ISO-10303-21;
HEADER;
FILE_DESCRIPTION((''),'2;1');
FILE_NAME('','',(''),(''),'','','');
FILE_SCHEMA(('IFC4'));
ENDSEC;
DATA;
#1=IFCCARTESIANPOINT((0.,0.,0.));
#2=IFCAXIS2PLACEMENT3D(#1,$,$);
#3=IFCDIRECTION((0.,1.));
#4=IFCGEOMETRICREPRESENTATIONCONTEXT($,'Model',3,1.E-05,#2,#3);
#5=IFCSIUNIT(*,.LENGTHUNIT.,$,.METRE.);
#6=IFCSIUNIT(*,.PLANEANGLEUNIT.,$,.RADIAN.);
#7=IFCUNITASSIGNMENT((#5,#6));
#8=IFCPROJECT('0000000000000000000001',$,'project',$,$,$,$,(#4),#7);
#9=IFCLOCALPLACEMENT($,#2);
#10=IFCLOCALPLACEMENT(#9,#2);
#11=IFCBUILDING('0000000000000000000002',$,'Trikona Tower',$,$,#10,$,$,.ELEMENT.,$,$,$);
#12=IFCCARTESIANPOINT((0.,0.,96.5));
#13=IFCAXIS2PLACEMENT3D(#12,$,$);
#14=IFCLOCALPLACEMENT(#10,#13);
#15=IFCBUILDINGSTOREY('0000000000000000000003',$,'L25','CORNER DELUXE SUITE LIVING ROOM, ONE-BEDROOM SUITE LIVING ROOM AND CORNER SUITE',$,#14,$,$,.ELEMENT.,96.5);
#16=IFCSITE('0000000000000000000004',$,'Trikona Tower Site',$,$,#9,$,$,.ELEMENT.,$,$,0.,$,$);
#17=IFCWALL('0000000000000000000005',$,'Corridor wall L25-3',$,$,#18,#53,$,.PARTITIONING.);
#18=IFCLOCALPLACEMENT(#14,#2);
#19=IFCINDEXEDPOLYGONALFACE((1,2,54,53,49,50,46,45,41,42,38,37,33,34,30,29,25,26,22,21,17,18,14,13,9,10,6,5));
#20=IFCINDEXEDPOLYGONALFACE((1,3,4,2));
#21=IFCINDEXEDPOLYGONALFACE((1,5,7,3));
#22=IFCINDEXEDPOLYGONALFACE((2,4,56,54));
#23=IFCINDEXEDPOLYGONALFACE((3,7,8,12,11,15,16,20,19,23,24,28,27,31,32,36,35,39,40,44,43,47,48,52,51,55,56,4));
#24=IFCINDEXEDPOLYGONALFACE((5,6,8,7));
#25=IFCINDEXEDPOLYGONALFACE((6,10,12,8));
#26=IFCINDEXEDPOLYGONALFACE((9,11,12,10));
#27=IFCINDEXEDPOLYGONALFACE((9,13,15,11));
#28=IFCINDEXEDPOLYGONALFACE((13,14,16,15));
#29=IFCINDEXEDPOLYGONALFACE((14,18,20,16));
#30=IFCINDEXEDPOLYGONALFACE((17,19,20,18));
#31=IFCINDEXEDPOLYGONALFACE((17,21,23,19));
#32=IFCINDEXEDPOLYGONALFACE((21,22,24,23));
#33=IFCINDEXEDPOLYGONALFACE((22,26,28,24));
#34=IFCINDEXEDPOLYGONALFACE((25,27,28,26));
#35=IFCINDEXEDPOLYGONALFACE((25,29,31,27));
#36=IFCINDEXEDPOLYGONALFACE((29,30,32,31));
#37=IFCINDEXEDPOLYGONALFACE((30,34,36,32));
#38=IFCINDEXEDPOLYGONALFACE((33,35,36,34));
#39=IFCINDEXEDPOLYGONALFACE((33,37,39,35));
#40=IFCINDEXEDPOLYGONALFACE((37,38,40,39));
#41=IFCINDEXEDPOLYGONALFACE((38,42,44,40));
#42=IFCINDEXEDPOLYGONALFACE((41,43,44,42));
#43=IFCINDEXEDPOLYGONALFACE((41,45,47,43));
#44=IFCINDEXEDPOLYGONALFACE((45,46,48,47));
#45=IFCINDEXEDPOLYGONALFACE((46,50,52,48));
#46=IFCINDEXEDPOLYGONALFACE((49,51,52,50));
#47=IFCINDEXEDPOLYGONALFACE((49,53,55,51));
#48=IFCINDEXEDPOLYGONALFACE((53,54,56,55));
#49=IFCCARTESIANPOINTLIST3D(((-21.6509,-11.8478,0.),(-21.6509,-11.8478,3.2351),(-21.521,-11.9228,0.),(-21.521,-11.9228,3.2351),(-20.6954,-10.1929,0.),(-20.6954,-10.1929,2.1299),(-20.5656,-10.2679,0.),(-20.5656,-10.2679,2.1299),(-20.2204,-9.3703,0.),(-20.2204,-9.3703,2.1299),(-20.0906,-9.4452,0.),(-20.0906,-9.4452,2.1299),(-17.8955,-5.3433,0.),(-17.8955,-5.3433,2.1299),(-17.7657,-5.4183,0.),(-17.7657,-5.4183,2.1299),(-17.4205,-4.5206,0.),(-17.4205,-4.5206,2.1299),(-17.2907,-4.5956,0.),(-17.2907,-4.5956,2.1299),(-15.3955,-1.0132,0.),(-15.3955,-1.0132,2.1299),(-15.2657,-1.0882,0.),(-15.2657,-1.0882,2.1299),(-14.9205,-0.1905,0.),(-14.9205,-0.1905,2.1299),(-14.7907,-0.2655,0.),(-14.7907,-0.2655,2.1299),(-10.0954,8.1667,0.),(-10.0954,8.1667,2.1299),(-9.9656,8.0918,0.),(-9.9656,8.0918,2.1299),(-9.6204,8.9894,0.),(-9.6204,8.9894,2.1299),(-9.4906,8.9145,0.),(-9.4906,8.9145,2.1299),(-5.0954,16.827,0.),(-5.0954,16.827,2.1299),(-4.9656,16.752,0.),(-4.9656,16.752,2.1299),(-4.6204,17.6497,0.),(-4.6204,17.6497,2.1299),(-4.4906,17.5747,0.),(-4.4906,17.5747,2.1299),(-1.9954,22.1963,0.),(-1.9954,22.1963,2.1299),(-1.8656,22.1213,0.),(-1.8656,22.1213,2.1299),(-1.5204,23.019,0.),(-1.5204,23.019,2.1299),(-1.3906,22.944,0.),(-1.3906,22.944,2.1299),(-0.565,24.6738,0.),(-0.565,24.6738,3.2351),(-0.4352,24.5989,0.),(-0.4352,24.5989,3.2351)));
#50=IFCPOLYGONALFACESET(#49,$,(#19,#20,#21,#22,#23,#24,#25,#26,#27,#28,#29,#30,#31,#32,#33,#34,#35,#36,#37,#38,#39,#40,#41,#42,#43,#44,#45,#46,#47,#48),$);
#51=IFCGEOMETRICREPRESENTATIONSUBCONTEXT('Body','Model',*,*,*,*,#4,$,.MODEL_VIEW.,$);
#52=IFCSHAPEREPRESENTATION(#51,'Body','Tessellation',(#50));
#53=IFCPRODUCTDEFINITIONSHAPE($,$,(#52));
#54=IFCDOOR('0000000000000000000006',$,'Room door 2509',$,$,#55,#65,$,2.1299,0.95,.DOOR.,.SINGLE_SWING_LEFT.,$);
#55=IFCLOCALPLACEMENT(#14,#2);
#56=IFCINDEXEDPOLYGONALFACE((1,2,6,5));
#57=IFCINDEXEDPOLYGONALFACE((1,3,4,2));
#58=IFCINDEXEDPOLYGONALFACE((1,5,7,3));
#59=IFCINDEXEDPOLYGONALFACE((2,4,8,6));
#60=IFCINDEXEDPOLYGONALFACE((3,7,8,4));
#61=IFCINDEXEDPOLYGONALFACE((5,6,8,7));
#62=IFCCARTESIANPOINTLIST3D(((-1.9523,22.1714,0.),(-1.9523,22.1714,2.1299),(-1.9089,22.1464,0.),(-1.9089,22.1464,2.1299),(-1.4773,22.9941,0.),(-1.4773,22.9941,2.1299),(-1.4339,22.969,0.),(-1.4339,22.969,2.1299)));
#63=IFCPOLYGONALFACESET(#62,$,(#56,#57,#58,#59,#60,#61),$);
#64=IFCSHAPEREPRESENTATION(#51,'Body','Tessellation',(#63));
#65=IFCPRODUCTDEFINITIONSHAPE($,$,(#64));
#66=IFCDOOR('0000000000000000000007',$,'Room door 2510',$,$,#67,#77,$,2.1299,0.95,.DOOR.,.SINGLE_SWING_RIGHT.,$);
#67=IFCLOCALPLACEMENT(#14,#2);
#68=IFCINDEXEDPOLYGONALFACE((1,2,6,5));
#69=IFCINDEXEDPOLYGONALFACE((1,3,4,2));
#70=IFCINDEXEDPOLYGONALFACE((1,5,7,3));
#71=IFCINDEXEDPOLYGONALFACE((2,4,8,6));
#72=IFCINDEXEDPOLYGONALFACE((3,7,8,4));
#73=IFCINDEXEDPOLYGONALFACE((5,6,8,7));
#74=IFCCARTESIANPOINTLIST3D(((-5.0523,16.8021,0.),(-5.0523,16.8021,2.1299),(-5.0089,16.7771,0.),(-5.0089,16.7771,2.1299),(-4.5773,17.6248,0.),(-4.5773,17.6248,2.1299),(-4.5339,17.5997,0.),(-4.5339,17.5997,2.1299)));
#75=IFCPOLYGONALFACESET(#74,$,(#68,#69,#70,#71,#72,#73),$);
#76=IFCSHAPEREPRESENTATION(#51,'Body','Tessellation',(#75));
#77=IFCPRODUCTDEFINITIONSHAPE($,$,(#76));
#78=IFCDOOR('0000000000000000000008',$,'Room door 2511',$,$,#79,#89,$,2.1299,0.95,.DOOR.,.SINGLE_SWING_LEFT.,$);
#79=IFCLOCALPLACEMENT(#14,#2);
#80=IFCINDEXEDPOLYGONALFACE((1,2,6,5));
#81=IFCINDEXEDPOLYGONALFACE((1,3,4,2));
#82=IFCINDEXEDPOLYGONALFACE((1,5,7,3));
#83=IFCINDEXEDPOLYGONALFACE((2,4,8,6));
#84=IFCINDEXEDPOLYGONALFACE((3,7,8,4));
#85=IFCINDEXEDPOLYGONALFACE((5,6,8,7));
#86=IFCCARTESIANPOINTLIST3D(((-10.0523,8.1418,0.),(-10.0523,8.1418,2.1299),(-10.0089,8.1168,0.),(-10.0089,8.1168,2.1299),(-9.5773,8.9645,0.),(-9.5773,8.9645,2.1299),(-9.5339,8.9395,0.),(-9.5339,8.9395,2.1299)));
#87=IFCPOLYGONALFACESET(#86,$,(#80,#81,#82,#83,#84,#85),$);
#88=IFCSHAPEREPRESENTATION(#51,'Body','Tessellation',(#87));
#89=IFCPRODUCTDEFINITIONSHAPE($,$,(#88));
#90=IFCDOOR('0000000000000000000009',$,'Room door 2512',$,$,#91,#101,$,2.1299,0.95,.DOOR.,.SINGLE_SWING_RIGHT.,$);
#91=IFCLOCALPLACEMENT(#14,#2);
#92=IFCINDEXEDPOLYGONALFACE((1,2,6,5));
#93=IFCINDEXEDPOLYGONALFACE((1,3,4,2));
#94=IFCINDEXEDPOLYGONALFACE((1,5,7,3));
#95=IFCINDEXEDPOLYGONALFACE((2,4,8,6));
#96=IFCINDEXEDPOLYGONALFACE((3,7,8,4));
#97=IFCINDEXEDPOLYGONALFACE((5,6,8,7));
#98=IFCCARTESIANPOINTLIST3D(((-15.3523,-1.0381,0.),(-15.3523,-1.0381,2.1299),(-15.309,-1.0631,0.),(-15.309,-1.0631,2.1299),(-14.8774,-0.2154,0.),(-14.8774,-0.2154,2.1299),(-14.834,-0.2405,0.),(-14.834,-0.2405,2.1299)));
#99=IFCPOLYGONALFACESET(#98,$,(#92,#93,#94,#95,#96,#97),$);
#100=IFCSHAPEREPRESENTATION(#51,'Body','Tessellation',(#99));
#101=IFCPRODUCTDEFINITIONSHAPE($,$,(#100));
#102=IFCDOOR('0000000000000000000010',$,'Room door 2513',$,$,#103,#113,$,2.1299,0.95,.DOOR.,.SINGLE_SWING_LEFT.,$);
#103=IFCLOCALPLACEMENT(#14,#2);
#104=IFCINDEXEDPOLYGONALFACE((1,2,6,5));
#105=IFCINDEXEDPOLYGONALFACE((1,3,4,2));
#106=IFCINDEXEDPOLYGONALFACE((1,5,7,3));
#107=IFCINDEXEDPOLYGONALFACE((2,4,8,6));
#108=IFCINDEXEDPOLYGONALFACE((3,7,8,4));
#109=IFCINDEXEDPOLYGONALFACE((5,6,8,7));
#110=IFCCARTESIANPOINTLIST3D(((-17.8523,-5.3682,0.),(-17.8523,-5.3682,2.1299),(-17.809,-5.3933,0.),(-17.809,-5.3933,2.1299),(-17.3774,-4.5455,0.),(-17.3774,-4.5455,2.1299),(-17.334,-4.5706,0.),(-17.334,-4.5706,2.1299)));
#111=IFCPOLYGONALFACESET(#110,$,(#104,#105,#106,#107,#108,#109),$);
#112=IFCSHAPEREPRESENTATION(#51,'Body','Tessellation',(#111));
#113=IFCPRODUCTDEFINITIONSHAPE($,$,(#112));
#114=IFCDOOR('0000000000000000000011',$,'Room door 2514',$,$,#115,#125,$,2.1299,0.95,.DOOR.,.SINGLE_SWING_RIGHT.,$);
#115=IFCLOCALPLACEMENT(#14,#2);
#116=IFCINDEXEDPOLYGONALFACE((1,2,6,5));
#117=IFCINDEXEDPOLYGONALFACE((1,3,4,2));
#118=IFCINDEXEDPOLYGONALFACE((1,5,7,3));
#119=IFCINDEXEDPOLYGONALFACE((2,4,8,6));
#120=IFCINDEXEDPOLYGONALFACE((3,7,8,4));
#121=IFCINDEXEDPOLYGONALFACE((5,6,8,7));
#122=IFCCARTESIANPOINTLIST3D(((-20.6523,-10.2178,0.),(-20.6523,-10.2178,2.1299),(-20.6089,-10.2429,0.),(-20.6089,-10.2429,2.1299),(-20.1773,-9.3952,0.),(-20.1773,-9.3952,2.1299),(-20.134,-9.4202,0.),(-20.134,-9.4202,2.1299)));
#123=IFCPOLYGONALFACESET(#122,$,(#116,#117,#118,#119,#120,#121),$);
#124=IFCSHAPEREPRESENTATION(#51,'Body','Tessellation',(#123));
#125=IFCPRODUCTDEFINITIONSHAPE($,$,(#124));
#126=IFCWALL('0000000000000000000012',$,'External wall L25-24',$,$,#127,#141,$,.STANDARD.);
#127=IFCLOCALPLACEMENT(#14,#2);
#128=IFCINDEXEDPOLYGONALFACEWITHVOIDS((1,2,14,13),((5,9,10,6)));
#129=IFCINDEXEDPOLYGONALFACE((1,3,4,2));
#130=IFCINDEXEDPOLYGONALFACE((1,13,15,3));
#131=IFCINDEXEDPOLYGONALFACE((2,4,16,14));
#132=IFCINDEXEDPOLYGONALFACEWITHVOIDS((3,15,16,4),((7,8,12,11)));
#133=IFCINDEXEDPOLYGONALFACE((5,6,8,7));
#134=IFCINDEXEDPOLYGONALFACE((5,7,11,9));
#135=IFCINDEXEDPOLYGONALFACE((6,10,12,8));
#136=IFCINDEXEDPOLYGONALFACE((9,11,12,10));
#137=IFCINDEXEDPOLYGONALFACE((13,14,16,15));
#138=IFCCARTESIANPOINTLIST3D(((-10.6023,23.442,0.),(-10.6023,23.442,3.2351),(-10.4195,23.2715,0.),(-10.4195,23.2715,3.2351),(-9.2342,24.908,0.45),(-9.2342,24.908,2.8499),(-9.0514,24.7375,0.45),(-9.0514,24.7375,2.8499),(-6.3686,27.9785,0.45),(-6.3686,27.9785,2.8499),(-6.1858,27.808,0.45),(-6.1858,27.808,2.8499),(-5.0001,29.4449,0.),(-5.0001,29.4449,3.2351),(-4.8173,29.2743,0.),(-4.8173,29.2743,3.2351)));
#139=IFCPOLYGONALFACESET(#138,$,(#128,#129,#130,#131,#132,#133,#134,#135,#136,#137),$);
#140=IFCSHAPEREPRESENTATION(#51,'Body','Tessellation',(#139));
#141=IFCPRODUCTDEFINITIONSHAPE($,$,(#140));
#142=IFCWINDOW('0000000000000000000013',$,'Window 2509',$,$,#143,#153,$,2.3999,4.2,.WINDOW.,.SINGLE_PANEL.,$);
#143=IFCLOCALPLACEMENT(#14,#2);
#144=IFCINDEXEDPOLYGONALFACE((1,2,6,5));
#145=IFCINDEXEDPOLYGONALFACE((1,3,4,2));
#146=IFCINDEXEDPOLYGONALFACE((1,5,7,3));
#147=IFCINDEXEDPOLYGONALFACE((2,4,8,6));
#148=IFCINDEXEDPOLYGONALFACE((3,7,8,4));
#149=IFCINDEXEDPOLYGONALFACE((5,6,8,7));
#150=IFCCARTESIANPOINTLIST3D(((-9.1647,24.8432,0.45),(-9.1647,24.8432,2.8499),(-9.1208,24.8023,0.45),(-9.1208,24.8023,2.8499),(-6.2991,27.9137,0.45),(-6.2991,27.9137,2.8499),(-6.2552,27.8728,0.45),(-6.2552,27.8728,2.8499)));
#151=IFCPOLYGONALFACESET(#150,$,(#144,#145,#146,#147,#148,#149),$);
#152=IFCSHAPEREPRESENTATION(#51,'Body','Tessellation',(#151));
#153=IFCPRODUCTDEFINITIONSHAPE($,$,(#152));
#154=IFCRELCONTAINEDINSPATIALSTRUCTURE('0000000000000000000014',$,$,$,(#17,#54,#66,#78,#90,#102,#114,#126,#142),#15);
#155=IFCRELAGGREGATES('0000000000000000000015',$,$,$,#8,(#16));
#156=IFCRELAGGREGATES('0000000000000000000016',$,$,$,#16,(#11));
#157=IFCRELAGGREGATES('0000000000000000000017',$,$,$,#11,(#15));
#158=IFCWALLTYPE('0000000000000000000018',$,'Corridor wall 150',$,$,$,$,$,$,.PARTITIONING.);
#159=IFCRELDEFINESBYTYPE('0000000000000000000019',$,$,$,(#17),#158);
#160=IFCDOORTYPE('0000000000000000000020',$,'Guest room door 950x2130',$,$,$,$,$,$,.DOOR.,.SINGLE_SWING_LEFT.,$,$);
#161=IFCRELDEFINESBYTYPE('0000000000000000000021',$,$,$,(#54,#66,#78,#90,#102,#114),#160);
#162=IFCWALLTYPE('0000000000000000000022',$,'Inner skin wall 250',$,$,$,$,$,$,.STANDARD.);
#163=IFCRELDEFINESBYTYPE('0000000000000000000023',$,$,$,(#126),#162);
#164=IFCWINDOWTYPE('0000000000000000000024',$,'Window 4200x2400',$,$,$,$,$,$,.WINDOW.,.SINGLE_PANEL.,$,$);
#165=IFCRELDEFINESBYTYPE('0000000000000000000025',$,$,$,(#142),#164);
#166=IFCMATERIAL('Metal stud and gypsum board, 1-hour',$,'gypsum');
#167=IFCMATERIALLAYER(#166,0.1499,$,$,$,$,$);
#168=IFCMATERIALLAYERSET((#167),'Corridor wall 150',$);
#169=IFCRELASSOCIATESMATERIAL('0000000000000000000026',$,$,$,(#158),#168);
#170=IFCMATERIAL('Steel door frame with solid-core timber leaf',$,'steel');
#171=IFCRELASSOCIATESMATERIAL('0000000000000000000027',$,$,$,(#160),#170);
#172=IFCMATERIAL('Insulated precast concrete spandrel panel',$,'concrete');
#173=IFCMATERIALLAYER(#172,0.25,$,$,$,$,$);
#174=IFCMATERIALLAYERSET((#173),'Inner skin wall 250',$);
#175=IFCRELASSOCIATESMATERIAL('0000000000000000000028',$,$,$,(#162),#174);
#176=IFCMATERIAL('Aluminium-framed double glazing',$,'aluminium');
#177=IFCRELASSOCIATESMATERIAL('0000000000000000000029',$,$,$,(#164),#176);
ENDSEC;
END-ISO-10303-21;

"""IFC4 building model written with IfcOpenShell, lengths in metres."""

from ifc_helpers import new_model, si_unit, direction, frame, frame_2d, origin, place, context, subcontext, project, spatial, rectangle, extrude, material, layer, layer_set, type_object, element, fill, save


model = new_model("IFC4")

# Units and contexts
model_context = context("Model", 3, precision=1e-05, world=origin(), true_north=direction((0.0, 1.0)))
body_context = subcontext(model_context, "Body", "Model", "MODEL_VIEW")
ifc_project = project(units=[si_unit("LENGTHUNIT", "METRE"), si_unit("PLANEANGLEUNIT", "RADIAN")], contexts=[model_context])

# Site, building, storey
site_placement = place(None, origin())
site = spatial("IfcSite", under=ifc_project, at=site_placement, Name="Trikona Tower Site", CompositionType="ELEMENT", RefElevation=0.0)
building_placement = place(site_placement, origin())
building = spatial("IfcBuilding", under=site, at=building_placement, Name="Trikona Tower", CompositionType="ELEMENT")
storey_placement = place(building_placement, frame((0.0, 0.0, 96.5)))
storey = spatial("IfcBuildingStorey", under=building, at=storey_placement, Name="L25", Description="CORNER DELUXE SUITE LIVING ROOM, ONE-BEDROOM SUITE LIVING ROOM AND CORNER SUITE", CompositionType="ELEMENT", Elevation=96.5)

# Wall, openings, doors
ifc_material_1 = material(Name="Metal stud and gypsum board, 1-hour", Category="gypsum")
ifc_layer_1 = layer(ifc_material_1, 0.1499)
ifc_layer_set_1 = layer_set([ifc_layer_1], Name="Corridor wall 150")
wall_type_1 = type_object("IfcWallType", Name="Corridor wall 150", PredefinedType="PARTITIONING", material=ifc_layer_set_1)
wall_1_placement = place(storey_placement, frame((-0.5, 24.6365, 0.0), z_axis=(0.0, 0.0, 1.0), x_axis=(-0.500002, -0.866024, 0.0)))
wall_1 = element("IfcWall", 1, at=wall_1_placement, inside=storey, type_object=wall_type_1, Name="Corridor wall L25-3", PredefinedType="PARTITIONING", context=body_context, shape_type="SweptSolid", body=[
    extrude(rectangle(XDim=42.1716, YDim=0.1499, at=frame_2d((21.0859, 0.0))), origin(), (0.0, 0.0, 1.0), 3.2351),
])
opening_1_placement = place(wall_1_placement, frame((1.9109, 0.0, 0.0)))
opening_1 = element("IfcOpeningElement", 2, at=opening_1_placement, cuts=wall_1, PredefinedType="OPENING", context=body_context, shape_type="SweptSolid", body=[
    extrude(rectangle(XDim=0.95, YDim=2.1299, at=frame_2d((0.4751, 1.0649))), frame((0.0, 0.085, 0.0), z_axis=(0.0, -1.0, 0.0), x_axis=(1.0, 0.0, 0.0)), (0.0, 0.0, 1.0), 0.1699),
])
opening_2_placement = place(wall_1_placement, frame((8.1108, 0.0, 0.0)))
opening_2 = element("IfcOpeningElement", 3, at=opening_2_placement, cuts=wall_1, PredefinedType="OPENING", context=body_context, shape_type="SweptSolid", body=[
    extrude(rectangle(XDim=0.95, YDim=2.1299, at=frame_2d((0.4751, 1.0649))), frame((0.0, 0.085, 0.0), z_axis=(0.0, -1.0, 0.0), x_axis=(1.0, 0.0, 0.0)), (0.0, 0.0, 1.0), 0.1699),
])
opening_3_placement = place(wall_1_placement, frame((18.1108, 0.0, 0.0)))
opening_3 = element("IfcOpeningElement", 4, at=opening_3_placement, cuts=wall_1, PredefinedType="OPENING", context=body_context, shape_type="SweptSolid", body=[
    extrude(rectangle(XDim=0.95, YDim=2.1299, at=frame_2d((0.4751, 1.0649))), frame((0.0, 0.085, 0.0), z_axis=(0.0, -1.0, 0.0), x_axis=(1.0, 0.0, 0.0)), (0.0, 0.0, 1.0), 0.1699),
])
opening_4_placement = place(wall_1_placement, frame((28.7109, 0.0, 0.0)))
opening_4 = element("IfcOpeningElement", 5, at=opening_4_placement, cuts=wall_1, PredefinedType="OPENING", context=body_context, shape_type="SweptSolid", body=[
    extrude(rectangle(XDim=0.95, YDim=2.1299, at=frame_2d((0.4751, 1.0649))), frame((0.0, 0.085, 0.0), z_axis=(0.0, -1.0, 0.0), x_axis=(1.0, 0.0, 0.0)), (0.0, 0.0, 1.0), 0.1699),
])
opening_5_placement = place(wall_1_placement, frame((33.7109, 0.0, 0.0)))
opening_5 = element("IfcOpeningElement", 6, at=opening_5_placement, cuts=wall_1, PredefinedType="OPENING", context=body_context, shape_type="SweptSolid", body=[
    extrude(rectangle(XDim=0.95, YDim=2.1299, at=frame_2d((0.4751, 1.0649))), frame((0.0, 0.085, 0.0), z_axis=(0.0, -1.0, 0.0), x_axis=(1.0, 0.0, 0.0)), (0.0, 0.0, 1.0), 0.1699),
])
opening_6_placement = place(wall_1_placement, frame((39.3108, 0.0, 0.0)))
opening_6 = element("IfcOpeningElement", 7, at=opening_6_placement, cuts=wall_1, PredefinedType="OPENING", context=body_context, shape_type="SweptSolid", body=[
    extrude(rectangle(XDim=0.95, YDim=2.1299, at=frame_2d((0.4751, 1.0649))), frame((0.0, 0.085, 0.0), z_axis=(0.0, -1.0, 0.0), x_axis=(1.0, 0.0, 0.0)), (0.0, 0.0, 1.0), 0.1699),
])
ifc_material_2 = material(Name="Steel door frame with solid-core timber leaf", Category="steel")
door_type = type_object("IfcDoorType", Name="Guest room door 950x2130", OperationType="SINGLE_SWING_LEFT", PredefinedType="DOOR", material=ifc_material_2)
door_1_placement = place(opening_1_placement, origin())
door_1 = element("IfcDoor", 8, at=door_1_placement, inside=storey, type_object=door_type, Name="Room door 2509", OperationType="SINGLE_SWING_LEFT", OverallHeight=2.1299, OverallWidth=0.95, PredefinedType="DOOR", context=body_context, shape_type="SweptSolid", body=[
    extrude(rectangle(XDim=0.95, YDim=2.1299, at=frame_2d((0.4751, 1.0649))), frame((0.0, 0.0249, 0.0), z_axis=(0.0, -1.0, 0.0), x_axis=(1.0, 0.0, 0.0)), (0.0, 0.0, 1.0), 0.05),
])
fill(opening_1, door_1)
door_2_placement = place(opening_2_placement, origin())
door_2 = element("IfcDoor", 9, at=door_2_placement, inside=storey, type_object=door_type, Name="Room door 2510", OperationType="SINGLE_SWING_RIGHT", OverallHeight=2.1299, OverallWidth=0.95, PredefinedType="DOOR", context=body_context, shape_type="SweptSolid", body=[
    extrude(rectangle(XDim=0.95, YDim=2.1299, at=frame_2d((0.4751, 1.0649))), frame((0.0, 0.0249, 0.0), z_axis=(0.0, -1.0, 0.0), x_axis=(1.0, 0.0, 0.0)), (0.0, 0.0, 1.0), 0.05),
])
fill(opening_2, door_2)
door_3_placement = place(opening_3_placement, origin())
door_3 = element("IfcDoor", 10, at=door_3_placement, inside=storey, type_object=door_type, Name="Room door 2511", OperationType="SINGLE_SWING_LEFT", OverallHeight=2.1299, OverallWidth=0.95, PredefinedType="DOOR", context=body_context, shape_type="SweptSolid", body=[
    extrude(rectangle(XDim=0.95, YDim=2.1299, at=frame_2d((0.4751, 1.0649))), frame((0.0, 0.0249, 0.0), z_axis=(0.0, -1.0, 0.0), x_axis=(1.0, 0.0, 0.0)), (0.0, 0.0, 1.0), 0.05),
])
fill(opening_3, door_3)
door_4_placement = place(opening_4_placement, origin())
door_4 = element("IfcDoor", 11, at=door_4_placement, inside=storey, type_object=door_type, Name="Room door 2512", OperationType="SINGLE_SWING_RIGHT", OverallHeight=2.1299, OverallWidth=0.95, PredefinedType="DOOR", context=body_context, shape_type="SweptSolid", body=[
    extrude(rectangle(XDim=0.95, YDim=2.1299, at=frame_2d((0.4751, 1.0649))), frame((0.0, 0.0249, 0.0), z_axis=(0.0, -1.0, 0.0), x_axis=(1.0, 0.0, 0.0)), (0.0, 0.0, 1.0), 0.05),
])
fill(opening_4, door_4)
door_5_placement = place(opening_5_placement, origin())
door_5 = element("IfcDoor", 12, at=door_5_placement, inside=storey, type_object=door_type, Name="Room door 2513", OperationType="SINGLE_SWING_LEFT", OverallHeight=2.1299, OverallWidth=0.95, PredefinedType="DOOR", context=body_context, shape_type="SweptSolid", body=[
    extrude(rectangle(XDim=0.95, YDim=2.1299, at=frame_2d((0.4751, 1.0649))), frame((0.0, 0.0249, 0.0), z_axis=(0.0, -1.0, 0.0), x_axis=(1.0, 0.0, 0.0)), (0.0, 0.0, 1.0), 0.05),
])
fill(opening_5, door_5)
door_6_placement = place(opening_6_placement, origin())
door_6 = element("IfcDoor", 13, at=door_6_placement, inside=storey, type_object=door_type, Name="Room door 2514", OperationType="SINGLE_SWING_RIGHT", OverallHeight=2.1299, OverallWidth=0.95, PredefinedType="DOOR", context=body_context, shape_type="SweptSolid", body=[
    extrude(rectangle(XDim=0.95, YDim=2.1299, at=frame_2d((0.4751, 1.0649))), frame((0.0, 0.0249, 0.0), z_axis=(0.0, -1.0, 0.0), x_axis=(1.0, 0.0, 0.0)), (0.0, 0.0, 1.0), 0.05),
])
fill(opening_6, door_6)

# Wall, opening, window
ifc_material_3 = material(Name="Insulated precast concrete spandrel panel", Category="concrete")
ifc_layer_2 = layer(ifc_material_3, 0.25)
ifc_layer_set_2 = layer_set([ifc_layer_2], Name="Inner skin wall 250")
wall_type_2 = type_object("IfcWallType", Name="Inner skin wall 250", PredefinedType="STANDARD", material=ifc_layer_set_2)
wall_2_placement = place(storey_placement, frame((-4.9087, 29.3596, 0.0), z_axis=(0.0, 0.0, 1.0), x_axis=(-0.68229, -0.731082, 0.0)))
wall_2 = element("IfcWall", 14, at=wall_2_placement, inside=storey, type_object=wall_type_2, Name="External wall L25-24", PredefinedType="STANDARD", context=body_context, shape_type="SweptSolid", body=[
    extrude(rectangle(XDim=8.2109, YDim=0.25, at=frame_2d((4.1055, 0.0))), origin(), (0.0, 0.0, 1.0), 3.2351),
])
opening_7_placement = place(wall_2_placement, frame((2.0056, 0.0, 0.45)))
opening_7 = element("IfcOpeningElement", 15, at=opening_7_placement, cuts=wall_2, PredefinedType="OPENING", context=body_context, shape_type="SweptSolid", body=[
    extrude(rectangle(XDim=4.2, YDim=2.3999, at=frame_2d((2.1001, 1.2))), frame((0.0, 0.135, 0.0), z_axis=(0.0, -1.0, 0.0), x_axis=(1.0, 0.0, 0.0)), (0.0, 0.0, 1.0), 0.27),
])
ifc_material_4 = material(Name="Aluminium-framed double glazing", Category="aluminium")
window_type_1 = type_object("IfcWindowType", Name="Window 4200x2400", PartitioningType="SINGLE_PANEL", PredefinedType="WINDOW", material=ifc_material_4)
window_1_placement = place(opening_7_placement, origin())
window_1 = element("IfcWindow", 16, at=window_1_placement, inside=storey, type_object=window_type_1, Name="Window 2509", OverallHeight=2.3999, OverallWidth=4.2, PartitioningType="SINGLE_PANEL", PredefinedType="WINDOW", context=body_context, shape_type="SweptSolid", body=[
    extrude(rectangle(XDim=4.2, YDim=2.3999, at=frame_2d((2.1001, 1.2))), frame((0.0, 0.03, 0.0), z_axis=(0.0, -1.0, 0.0), x_axis=(1.0, 0.0, 0.0)), (0.0, 0.0, 1.0), 0.0601),
])
fill(opening_7, window_1)

save(model, "model.ifc")
